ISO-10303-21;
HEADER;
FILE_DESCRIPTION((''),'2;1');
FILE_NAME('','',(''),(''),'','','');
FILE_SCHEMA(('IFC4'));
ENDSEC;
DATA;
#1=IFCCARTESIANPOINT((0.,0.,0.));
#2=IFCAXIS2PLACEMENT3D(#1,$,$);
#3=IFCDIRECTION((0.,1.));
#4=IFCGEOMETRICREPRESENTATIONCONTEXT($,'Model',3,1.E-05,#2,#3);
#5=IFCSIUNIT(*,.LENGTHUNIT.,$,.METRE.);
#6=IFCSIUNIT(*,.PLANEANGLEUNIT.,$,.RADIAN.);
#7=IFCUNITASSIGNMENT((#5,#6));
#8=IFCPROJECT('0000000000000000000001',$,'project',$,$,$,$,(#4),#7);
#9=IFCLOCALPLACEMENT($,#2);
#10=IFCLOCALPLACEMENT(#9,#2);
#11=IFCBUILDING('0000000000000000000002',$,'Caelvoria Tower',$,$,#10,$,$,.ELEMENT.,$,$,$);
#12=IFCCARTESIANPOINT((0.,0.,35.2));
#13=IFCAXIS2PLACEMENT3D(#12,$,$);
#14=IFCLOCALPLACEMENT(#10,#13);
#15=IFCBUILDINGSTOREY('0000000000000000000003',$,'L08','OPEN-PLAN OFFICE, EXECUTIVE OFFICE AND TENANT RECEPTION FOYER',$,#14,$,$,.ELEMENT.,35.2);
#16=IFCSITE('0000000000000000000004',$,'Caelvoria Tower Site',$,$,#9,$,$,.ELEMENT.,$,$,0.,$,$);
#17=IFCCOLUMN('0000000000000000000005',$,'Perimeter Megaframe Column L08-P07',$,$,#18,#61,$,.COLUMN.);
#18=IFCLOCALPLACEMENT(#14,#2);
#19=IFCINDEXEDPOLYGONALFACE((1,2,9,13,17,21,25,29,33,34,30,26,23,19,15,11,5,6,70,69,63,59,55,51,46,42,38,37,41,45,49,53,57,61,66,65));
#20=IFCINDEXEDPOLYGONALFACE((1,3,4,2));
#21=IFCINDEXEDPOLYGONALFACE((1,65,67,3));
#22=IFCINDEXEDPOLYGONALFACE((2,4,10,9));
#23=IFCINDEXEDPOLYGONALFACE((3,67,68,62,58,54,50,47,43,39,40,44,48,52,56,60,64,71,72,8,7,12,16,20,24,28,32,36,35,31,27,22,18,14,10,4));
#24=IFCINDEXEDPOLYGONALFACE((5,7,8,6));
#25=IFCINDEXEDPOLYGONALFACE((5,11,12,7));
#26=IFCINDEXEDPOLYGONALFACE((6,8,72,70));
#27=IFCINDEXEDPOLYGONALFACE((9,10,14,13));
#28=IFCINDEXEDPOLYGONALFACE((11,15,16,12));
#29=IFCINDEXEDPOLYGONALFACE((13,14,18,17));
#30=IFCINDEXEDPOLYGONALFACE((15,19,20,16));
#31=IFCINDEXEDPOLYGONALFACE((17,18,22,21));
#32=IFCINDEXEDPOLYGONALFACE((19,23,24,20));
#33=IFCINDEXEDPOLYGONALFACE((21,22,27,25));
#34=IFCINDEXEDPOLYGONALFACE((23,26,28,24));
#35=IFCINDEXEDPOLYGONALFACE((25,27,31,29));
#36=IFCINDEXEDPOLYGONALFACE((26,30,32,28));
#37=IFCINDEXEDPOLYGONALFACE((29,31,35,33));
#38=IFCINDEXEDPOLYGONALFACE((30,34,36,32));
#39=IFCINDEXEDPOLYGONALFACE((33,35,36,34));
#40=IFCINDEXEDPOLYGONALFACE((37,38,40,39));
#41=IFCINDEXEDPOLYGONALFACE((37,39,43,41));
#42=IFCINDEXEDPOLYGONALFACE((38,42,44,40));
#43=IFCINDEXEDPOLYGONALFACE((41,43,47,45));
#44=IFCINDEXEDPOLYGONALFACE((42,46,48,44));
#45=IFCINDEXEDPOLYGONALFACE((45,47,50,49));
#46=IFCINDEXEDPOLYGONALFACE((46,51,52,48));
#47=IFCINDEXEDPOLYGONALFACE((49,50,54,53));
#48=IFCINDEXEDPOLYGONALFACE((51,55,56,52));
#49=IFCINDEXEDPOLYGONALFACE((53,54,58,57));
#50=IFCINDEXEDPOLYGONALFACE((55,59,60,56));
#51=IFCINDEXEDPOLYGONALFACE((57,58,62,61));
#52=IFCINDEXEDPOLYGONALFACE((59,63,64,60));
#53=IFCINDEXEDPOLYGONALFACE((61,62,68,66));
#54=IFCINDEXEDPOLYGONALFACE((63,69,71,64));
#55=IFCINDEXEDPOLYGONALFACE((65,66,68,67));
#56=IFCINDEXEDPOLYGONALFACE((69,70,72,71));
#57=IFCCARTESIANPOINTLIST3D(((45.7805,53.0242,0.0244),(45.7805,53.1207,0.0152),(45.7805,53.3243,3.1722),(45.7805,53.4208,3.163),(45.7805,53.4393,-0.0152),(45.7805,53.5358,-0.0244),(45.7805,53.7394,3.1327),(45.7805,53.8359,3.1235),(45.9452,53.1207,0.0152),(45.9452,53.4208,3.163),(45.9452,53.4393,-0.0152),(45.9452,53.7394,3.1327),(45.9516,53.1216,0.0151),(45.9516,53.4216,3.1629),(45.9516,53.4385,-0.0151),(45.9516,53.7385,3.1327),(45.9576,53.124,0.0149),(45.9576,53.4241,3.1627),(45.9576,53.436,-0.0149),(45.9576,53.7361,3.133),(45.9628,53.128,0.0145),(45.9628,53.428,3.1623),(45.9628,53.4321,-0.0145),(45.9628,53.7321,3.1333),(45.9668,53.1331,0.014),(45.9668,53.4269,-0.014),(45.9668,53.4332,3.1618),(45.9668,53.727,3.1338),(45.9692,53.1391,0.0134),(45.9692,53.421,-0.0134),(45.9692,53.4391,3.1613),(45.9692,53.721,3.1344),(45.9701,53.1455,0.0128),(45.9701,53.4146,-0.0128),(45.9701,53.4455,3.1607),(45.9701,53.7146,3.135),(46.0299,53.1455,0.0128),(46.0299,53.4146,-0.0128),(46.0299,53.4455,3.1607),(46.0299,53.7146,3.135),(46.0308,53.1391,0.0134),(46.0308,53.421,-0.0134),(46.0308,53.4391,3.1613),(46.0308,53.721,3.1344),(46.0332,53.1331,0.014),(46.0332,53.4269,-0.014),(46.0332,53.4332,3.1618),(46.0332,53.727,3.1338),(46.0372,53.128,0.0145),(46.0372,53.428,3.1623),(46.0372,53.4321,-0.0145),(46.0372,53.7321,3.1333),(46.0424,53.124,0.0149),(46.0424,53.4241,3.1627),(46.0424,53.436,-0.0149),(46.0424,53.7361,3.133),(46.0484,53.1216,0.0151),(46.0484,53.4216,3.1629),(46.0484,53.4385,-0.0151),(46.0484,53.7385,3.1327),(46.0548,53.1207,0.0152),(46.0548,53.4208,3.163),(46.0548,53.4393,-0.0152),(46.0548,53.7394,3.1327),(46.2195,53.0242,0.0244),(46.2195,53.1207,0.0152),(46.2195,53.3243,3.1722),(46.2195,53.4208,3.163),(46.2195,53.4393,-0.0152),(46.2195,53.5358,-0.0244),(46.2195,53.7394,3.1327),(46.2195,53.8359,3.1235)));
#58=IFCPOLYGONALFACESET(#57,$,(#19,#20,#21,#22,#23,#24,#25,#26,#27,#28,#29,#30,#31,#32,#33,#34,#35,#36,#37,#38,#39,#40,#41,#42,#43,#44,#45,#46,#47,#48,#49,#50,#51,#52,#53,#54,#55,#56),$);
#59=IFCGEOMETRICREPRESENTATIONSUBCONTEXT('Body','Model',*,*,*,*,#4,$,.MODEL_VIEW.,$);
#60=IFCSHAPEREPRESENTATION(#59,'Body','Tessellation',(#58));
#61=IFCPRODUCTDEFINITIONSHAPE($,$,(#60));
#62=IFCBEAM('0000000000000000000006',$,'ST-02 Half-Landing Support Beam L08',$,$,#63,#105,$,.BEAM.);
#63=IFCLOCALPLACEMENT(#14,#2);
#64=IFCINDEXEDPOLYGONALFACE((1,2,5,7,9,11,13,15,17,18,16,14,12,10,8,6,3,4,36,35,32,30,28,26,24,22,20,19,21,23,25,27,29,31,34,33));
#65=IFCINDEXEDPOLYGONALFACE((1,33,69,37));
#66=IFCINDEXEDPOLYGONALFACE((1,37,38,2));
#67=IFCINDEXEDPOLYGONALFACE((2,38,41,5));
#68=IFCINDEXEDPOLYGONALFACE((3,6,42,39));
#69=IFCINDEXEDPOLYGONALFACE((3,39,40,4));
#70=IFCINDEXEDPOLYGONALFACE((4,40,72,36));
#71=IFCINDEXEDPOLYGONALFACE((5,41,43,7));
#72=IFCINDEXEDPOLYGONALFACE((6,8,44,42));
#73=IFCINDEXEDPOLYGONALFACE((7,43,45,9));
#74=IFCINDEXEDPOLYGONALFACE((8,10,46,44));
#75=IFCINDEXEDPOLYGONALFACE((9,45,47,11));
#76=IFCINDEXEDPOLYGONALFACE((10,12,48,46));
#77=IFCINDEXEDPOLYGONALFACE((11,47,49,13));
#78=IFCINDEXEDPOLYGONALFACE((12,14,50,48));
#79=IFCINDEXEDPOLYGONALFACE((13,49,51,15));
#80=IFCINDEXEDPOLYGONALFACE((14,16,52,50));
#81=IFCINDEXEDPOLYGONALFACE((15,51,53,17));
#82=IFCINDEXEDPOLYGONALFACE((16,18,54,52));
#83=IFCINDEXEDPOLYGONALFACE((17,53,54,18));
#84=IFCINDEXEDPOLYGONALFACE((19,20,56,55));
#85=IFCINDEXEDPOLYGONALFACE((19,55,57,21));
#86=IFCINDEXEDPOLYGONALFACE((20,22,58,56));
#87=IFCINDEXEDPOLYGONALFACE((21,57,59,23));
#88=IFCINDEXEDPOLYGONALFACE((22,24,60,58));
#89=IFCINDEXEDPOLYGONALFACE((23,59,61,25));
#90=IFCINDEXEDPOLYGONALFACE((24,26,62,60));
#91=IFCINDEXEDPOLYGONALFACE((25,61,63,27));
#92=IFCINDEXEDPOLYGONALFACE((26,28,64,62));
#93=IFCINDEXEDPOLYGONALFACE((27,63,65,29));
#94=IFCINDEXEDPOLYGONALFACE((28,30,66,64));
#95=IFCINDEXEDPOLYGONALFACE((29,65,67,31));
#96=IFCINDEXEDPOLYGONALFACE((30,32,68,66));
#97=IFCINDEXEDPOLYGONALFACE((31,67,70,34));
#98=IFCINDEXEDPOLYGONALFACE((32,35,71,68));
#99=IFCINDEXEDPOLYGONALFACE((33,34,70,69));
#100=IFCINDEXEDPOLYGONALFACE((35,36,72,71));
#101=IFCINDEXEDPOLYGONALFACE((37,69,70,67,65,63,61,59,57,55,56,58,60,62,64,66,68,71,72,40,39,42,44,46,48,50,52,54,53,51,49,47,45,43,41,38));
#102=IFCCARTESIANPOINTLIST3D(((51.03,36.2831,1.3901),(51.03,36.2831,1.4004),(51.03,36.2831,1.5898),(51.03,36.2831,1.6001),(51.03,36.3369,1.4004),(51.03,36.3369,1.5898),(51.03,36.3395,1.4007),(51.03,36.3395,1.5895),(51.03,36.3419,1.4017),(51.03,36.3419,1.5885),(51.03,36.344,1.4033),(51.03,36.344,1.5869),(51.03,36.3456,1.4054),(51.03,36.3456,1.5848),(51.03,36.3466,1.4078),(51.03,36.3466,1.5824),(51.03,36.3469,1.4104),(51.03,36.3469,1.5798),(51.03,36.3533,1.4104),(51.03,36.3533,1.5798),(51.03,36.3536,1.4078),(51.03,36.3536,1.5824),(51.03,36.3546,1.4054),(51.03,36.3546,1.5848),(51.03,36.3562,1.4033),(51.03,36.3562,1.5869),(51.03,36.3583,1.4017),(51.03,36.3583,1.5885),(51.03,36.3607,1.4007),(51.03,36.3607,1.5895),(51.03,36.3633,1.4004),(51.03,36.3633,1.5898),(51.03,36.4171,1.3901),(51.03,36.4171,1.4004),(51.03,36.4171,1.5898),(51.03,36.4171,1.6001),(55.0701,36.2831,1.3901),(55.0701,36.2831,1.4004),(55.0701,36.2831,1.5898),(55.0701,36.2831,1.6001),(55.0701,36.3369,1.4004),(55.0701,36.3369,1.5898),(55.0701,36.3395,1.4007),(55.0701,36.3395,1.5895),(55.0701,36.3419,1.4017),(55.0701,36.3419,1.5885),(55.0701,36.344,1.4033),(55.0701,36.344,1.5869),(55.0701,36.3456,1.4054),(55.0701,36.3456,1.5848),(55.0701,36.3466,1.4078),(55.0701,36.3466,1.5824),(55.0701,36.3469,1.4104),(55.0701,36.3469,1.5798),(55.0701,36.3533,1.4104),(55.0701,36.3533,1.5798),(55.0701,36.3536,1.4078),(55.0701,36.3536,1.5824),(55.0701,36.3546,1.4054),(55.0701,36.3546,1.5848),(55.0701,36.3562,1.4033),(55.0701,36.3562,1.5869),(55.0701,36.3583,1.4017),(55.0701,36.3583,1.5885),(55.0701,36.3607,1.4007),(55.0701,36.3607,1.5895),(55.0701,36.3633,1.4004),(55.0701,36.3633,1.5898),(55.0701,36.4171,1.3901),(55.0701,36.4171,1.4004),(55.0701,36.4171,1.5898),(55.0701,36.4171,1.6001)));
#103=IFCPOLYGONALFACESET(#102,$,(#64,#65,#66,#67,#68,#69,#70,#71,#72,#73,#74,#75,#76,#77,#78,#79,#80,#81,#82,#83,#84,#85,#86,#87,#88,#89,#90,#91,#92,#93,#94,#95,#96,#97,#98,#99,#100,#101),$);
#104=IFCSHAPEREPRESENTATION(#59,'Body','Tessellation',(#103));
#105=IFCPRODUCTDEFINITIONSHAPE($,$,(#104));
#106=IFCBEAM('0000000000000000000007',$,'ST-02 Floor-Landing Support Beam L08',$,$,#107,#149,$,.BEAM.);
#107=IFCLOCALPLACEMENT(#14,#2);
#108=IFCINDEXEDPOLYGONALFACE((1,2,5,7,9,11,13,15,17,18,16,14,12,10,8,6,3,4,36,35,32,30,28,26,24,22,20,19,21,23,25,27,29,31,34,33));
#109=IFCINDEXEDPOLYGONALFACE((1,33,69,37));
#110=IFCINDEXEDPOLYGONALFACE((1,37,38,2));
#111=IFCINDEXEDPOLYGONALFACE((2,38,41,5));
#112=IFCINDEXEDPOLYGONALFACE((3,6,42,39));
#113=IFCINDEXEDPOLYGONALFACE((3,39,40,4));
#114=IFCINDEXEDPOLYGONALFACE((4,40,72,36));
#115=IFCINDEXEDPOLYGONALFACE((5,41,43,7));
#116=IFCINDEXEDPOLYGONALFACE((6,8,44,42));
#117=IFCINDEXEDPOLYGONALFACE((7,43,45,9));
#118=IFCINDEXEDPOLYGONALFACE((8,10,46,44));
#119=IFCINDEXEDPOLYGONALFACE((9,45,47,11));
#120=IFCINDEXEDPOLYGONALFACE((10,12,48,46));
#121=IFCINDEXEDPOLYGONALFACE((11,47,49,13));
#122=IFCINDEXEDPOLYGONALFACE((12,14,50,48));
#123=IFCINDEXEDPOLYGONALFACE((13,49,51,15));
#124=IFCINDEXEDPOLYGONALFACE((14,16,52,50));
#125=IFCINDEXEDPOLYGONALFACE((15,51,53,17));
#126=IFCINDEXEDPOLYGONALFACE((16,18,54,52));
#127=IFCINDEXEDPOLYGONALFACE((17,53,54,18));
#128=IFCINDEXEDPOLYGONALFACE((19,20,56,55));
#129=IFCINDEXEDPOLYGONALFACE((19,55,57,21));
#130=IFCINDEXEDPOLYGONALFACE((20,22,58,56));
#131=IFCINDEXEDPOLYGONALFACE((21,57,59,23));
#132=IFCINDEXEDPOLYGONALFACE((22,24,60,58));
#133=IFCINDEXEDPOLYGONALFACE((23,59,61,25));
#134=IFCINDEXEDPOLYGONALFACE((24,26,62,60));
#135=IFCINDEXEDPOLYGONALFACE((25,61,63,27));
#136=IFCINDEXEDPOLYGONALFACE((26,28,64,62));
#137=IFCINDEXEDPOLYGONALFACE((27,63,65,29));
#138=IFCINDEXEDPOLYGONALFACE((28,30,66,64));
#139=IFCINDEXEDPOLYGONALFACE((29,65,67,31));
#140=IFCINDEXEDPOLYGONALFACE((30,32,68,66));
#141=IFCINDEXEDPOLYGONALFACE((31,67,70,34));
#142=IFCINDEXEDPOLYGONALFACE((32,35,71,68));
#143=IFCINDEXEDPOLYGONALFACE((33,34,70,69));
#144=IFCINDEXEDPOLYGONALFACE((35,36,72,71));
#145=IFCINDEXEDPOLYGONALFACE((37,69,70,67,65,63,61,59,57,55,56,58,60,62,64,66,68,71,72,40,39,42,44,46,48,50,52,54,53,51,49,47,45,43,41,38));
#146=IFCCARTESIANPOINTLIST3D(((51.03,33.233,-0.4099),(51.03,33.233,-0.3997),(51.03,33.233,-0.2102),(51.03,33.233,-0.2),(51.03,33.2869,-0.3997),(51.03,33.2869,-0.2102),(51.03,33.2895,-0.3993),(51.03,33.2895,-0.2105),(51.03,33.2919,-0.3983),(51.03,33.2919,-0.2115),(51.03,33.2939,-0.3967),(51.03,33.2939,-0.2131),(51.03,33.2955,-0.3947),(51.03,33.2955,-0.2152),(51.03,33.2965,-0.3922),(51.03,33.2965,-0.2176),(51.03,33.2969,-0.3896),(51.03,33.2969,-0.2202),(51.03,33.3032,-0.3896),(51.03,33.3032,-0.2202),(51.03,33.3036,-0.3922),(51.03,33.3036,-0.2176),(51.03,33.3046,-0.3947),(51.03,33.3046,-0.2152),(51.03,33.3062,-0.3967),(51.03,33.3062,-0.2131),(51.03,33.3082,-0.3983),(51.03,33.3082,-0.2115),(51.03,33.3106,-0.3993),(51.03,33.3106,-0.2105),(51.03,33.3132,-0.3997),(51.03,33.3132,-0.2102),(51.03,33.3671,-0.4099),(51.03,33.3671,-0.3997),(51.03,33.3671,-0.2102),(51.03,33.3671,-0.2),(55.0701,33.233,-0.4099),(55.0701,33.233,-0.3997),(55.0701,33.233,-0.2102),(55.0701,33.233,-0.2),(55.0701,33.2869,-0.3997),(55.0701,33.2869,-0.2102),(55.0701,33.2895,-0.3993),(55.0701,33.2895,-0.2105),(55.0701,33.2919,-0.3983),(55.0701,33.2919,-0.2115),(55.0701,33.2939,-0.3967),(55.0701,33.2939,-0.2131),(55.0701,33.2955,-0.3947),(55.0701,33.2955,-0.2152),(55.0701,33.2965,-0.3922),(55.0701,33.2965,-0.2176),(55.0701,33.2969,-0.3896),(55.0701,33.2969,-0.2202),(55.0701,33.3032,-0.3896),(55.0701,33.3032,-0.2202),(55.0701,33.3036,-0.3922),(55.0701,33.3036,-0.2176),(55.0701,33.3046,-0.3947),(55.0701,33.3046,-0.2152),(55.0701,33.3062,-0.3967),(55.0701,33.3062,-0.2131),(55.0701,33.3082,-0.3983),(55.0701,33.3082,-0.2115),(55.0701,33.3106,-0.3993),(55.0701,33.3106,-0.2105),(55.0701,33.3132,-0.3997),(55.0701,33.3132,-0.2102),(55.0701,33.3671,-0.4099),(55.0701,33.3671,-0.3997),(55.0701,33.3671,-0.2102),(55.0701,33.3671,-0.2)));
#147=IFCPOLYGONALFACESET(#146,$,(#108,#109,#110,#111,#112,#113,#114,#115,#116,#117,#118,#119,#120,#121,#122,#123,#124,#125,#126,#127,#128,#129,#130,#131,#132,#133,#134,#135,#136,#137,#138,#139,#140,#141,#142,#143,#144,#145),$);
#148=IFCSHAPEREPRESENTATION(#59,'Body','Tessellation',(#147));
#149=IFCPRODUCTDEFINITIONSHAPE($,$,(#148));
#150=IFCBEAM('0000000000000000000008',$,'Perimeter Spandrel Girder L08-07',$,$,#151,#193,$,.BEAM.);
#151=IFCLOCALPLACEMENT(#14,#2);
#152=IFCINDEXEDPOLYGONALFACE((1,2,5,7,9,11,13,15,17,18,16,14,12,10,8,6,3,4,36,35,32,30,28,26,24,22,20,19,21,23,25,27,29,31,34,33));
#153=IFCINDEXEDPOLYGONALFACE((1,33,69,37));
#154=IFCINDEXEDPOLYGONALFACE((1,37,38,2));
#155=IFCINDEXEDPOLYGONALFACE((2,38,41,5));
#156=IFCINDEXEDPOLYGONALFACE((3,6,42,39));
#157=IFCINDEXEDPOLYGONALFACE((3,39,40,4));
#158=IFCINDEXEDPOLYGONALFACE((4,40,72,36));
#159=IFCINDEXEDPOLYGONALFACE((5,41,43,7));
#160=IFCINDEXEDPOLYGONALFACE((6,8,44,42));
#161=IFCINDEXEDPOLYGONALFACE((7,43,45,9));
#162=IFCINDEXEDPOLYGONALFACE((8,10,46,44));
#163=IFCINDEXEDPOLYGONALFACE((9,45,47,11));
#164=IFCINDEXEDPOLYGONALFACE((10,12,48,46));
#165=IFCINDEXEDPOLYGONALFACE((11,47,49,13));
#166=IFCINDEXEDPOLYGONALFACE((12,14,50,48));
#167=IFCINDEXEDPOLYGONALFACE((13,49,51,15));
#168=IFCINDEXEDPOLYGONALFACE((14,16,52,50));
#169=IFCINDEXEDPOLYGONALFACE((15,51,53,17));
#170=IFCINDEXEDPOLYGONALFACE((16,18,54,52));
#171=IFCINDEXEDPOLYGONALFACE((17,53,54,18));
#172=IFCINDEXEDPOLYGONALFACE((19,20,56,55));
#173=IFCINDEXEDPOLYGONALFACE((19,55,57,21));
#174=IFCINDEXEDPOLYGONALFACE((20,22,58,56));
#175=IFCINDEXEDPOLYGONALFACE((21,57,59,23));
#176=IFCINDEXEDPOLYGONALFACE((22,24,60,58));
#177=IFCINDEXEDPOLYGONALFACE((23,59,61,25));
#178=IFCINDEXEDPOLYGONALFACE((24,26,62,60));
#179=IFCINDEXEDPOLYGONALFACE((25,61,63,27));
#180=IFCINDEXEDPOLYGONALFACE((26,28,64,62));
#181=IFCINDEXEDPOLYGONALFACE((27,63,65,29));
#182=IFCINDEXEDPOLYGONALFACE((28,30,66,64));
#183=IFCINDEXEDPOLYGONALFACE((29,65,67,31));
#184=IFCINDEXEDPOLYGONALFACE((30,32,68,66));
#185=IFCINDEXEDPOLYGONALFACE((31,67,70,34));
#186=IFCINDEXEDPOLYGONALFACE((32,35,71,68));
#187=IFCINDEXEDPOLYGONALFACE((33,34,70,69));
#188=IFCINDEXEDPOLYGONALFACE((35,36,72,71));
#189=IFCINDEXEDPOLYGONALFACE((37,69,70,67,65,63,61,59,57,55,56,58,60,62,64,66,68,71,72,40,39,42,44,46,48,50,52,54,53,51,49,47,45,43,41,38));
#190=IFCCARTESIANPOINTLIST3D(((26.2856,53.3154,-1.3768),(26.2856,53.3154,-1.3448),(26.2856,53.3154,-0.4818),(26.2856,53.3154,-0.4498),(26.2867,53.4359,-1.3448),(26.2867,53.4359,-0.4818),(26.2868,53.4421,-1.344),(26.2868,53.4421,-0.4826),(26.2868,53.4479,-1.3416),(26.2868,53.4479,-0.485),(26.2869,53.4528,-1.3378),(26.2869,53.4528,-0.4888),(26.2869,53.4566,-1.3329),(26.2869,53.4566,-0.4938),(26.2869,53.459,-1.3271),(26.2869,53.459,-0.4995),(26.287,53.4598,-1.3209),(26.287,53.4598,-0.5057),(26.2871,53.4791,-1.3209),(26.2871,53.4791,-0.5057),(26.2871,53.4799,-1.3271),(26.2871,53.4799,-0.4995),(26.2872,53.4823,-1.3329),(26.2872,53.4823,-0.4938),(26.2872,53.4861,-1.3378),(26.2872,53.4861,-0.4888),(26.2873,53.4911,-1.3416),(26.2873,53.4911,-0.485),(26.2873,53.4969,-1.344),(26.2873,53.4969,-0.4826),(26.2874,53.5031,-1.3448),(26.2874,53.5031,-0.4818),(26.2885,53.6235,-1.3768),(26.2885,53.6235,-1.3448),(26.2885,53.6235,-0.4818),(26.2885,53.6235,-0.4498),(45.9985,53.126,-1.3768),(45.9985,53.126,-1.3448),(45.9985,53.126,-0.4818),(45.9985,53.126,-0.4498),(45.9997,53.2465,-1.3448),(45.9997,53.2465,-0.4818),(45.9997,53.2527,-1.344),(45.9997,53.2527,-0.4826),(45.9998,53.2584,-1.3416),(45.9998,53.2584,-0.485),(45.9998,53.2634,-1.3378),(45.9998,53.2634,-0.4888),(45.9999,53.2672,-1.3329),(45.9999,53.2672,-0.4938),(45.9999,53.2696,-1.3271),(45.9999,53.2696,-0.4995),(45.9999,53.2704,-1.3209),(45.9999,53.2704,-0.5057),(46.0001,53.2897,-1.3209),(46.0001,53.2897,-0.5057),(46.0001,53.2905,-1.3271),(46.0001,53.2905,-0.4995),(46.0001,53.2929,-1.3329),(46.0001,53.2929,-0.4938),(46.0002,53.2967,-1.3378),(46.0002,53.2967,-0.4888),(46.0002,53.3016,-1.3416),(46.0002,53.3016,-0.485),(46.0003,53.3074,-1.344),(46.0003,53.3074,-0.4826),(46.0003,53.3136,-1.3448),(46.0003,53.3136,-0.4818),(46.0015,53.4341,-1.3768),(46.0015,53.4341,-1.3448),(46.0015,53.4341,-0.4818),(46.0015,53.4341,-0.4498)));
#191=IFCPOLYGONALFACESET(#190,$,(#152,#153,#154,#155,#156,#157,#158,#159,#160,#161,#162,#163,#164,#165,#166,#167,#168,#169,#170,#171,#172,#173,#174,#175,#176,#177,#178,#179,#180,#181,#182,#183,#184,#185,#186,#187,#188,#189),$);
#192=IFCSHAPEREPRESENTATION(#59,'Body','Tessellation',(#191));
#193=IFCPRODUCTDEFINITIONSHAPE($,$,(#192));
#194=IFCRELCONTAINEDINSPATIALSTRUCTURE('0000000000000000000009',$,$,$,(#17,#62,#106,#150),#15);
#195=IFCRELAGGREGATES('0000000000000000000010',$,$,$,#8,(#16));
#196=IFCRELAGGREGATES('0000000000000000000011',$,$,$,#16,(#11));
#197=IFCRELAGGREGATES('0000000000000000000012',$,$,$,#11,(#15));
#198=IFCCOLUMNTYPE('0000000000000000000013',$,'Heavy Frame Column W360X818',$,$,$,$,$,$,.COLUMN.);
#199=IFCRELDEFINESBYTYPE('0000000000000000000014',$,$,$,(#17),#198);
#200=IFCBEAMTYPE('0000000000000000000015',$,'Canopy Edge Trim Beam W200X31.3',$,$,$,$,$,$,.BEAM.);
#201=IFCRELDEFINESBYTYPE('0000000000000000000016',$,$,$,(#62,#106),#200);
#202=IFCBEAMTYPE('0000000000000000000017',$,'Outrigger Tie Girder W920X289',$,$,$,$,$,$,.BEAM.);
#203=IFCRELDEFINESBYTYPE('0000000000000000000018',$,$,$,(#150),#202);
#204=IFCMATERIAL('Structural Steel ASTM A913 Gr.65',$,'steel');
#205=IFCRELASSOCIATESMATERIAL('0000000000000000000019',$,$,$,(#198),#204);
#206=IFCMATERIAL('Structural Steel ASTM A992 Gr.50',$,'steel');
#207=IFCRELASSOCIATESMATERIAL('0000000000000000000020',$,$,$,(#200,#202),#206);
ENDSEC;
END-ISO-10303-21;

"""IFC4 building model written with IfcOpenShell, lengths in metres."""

from ifc_helpers import new_model, si_unit, direction, frame, origin, origin_2d, place, context, subcontext, project, spatial, i_section, extrude, material, material_profile, profile_set, type_object, element, save


model = new_model("IFC4")

# Units and contexts
model_context = context("Model", 3, precision=1e-05, world=origin(), true_north=direction((0.0, 1.0)))
body_context = subcontext(model_context, "Body", "Model", "MODEL_VIEW")
ifc_project = project(units=[si_unit("LENGTHUNIT", "METRE"), si_unit("PLANEANGLEUNIT", "RADIAN")], contexts=[model_context])

# Site, building, storey
site_placement = place(None, origin())
site = spatial("IfcSite", under=ifc_project, at=site_placement, Name="Caelvoria Tower Site", CompositionType="ELEMENT", RefElevation=0.0)
building_placement = place(site_placement, origin())
building = spatial("IfcBuilding", under=site, at=building_placement, Name="Caelvoria Tower", CompositionType="ELEMENT")
storey_placement = place(building_placement, frame((0.0, 0.0, 35.2)))
storey = spatial("IfcBuildingStorey", under=building, at=storey_placement, Name="L08", Description="OPEN-PLAN OFFICE, EXECUTIVE OFFICE AND TENANT RECEPTION FOYER", CompositionType="ELEMENT", Elevation=35.2)

# Column
ifc_material_1 = material(Name="Structural Steel ASTM A913 Gr.65", Category="steel")
ifc_material_profile_1 = material_profile(ifc_material_1, i_section(OverallWidth=0.439, OverallDepth=0.5139, WebThickness=0.0598, FlangeThickness=0.0969, FilletRadius=0.0249, at=origin_2d()), Name="Structural Steel ASTM A913 Gr.65")
ifc_profile_set_1 = profile_set([ifc_material_profile_1], Name="W360X818 - Structural Steel ASTM A913 Gr.65")
column_type = type_object("IfcColumnType", Name="Heavy Frame Column W360X818", PredefinedType="COLUMN", material=ifc_profile_set_1)
column_placement = place(storey_placement, frame((46.0, 53.28, 0.0), z_axis=(0.0, 0.094886, 0.995488), x_axis=(-1.0, 0.0, 0.0)))
element("IfcColumn", 1, at=column_placement, inside=storey, type_object=column_type, Name="Perimeter Megaframe Column L08-P07", PredefinedType="COLUMN", context=body_context, shape_type="SweptSolid", body=[
    extrude(i_section(OverallWidth=0.439, OverallDepth=0.5139, WebThickness=0.0598, FlangeThickness=0.0969, FilletRadius=0.0249, at=origin_2d()), origin(), (0.0, 0.0, 1.0), 3.1621),
])

# Beams
ifc_material_2 = material(Name="Structural Steel ASTM A992 Gr.50", Category="steel")
ifc_material_profile_2 = material_profile(ifc_material_2, i_section(OverallWidth=0.134, OverallDepth=0.21, WebThickness=0.0063, FlangeThickness=0.0103, FilletRadius=0.01, at=origin_2d()), Name="Structural Steel ASTM A992 Gr.50")
ifc_profile_set_2 = profile_set([ifc_material_profile_2], Name="W200X31.3 - Structural Steel ASTM A992 Gr.50")
beam_type_1 = type_object("IfcBeamType", Name="Canopy Edge Trim Beam W200X31.3", PredefinedType="BEAM", material=ifc_profile_set_2)
for number, where, z_axis, x_axis, name in (
    (2, (51.03, 36.3501, 1.4951), (1.0, 0.0, 0.0), (0.0, 1.0, 0.0), "ST-02 Half-Landing Support Beam L08"),
    (3, (51.03, 33.3, -0.3049), (1.0, 0.0, 0.0), (0.0, 1.0, 0.0), "ST-02 Floor-Landing Support Beam L08"),
):
    element("IfcBeam", number, at=place(storey_placement, frame(where, z_axis=z_axis, x_axis=x_axis)), inside=storey, type_object=beam_type_1, Name=name, PredefinedType="BEAM", context=body_context, shape_type="SweptSolid", body=[
        extrude(i_section(OverallWidth=0.134, OverallDepth=0.21, WebThickness=0.0063, FlangeThickness=0.0103, FilletRadius=0.01, at=origin_2d()), origin(), (0.0, 0.0, 1.0), 4.04),
    ])
ifc_material_profile_3 = material_profile(ifc_material_2, i_section(OverallWidth=0.3081, OverallDepth=0.927, WebThickness=0.0193, FlangeThickness=0.032, FilletRadius=0.0239, at=origin_2d()), Name="Structural Steel ASTM A992 Gr.50")
ifc_profile_set_3 = profile_set([ifc_material_profile_3], Name="W920X289 - Structural Steel ASTM A992 Gr.50")
beam_type_2 = type_object("IfcBeamType", Name="Outrigger Tie Girder W920X289", PredefinedType="BEAM", material=ifc_profile_set_3)
beam_1_placement = place(storey_placement, frame((46.0, 53.28, -0.9133), z_axis=(-0.999954, 0.00961, 0.0), x_axis=(-0.00961, -0.999954, 0.0)))
element("IfcBeam", 4, at=beam_1_placement, inside=storey, type_object=beam_type_2, Name="Perimeter Spandrel Girder L08-07", PredefinedType="BEAM", context=body_context, shape_type="SweptSolid", body=[
    extrude(i_section(OverallWidth=0.3081, OverallDepth=0.927, WebThickness=0.0193, FlangeThickness=0.032, FilletRadius=0.0239, at=origin_2d()), origin(), (0.0, 0.0, 1.0), 19.7139),
])

save(model, "model.ifc")
